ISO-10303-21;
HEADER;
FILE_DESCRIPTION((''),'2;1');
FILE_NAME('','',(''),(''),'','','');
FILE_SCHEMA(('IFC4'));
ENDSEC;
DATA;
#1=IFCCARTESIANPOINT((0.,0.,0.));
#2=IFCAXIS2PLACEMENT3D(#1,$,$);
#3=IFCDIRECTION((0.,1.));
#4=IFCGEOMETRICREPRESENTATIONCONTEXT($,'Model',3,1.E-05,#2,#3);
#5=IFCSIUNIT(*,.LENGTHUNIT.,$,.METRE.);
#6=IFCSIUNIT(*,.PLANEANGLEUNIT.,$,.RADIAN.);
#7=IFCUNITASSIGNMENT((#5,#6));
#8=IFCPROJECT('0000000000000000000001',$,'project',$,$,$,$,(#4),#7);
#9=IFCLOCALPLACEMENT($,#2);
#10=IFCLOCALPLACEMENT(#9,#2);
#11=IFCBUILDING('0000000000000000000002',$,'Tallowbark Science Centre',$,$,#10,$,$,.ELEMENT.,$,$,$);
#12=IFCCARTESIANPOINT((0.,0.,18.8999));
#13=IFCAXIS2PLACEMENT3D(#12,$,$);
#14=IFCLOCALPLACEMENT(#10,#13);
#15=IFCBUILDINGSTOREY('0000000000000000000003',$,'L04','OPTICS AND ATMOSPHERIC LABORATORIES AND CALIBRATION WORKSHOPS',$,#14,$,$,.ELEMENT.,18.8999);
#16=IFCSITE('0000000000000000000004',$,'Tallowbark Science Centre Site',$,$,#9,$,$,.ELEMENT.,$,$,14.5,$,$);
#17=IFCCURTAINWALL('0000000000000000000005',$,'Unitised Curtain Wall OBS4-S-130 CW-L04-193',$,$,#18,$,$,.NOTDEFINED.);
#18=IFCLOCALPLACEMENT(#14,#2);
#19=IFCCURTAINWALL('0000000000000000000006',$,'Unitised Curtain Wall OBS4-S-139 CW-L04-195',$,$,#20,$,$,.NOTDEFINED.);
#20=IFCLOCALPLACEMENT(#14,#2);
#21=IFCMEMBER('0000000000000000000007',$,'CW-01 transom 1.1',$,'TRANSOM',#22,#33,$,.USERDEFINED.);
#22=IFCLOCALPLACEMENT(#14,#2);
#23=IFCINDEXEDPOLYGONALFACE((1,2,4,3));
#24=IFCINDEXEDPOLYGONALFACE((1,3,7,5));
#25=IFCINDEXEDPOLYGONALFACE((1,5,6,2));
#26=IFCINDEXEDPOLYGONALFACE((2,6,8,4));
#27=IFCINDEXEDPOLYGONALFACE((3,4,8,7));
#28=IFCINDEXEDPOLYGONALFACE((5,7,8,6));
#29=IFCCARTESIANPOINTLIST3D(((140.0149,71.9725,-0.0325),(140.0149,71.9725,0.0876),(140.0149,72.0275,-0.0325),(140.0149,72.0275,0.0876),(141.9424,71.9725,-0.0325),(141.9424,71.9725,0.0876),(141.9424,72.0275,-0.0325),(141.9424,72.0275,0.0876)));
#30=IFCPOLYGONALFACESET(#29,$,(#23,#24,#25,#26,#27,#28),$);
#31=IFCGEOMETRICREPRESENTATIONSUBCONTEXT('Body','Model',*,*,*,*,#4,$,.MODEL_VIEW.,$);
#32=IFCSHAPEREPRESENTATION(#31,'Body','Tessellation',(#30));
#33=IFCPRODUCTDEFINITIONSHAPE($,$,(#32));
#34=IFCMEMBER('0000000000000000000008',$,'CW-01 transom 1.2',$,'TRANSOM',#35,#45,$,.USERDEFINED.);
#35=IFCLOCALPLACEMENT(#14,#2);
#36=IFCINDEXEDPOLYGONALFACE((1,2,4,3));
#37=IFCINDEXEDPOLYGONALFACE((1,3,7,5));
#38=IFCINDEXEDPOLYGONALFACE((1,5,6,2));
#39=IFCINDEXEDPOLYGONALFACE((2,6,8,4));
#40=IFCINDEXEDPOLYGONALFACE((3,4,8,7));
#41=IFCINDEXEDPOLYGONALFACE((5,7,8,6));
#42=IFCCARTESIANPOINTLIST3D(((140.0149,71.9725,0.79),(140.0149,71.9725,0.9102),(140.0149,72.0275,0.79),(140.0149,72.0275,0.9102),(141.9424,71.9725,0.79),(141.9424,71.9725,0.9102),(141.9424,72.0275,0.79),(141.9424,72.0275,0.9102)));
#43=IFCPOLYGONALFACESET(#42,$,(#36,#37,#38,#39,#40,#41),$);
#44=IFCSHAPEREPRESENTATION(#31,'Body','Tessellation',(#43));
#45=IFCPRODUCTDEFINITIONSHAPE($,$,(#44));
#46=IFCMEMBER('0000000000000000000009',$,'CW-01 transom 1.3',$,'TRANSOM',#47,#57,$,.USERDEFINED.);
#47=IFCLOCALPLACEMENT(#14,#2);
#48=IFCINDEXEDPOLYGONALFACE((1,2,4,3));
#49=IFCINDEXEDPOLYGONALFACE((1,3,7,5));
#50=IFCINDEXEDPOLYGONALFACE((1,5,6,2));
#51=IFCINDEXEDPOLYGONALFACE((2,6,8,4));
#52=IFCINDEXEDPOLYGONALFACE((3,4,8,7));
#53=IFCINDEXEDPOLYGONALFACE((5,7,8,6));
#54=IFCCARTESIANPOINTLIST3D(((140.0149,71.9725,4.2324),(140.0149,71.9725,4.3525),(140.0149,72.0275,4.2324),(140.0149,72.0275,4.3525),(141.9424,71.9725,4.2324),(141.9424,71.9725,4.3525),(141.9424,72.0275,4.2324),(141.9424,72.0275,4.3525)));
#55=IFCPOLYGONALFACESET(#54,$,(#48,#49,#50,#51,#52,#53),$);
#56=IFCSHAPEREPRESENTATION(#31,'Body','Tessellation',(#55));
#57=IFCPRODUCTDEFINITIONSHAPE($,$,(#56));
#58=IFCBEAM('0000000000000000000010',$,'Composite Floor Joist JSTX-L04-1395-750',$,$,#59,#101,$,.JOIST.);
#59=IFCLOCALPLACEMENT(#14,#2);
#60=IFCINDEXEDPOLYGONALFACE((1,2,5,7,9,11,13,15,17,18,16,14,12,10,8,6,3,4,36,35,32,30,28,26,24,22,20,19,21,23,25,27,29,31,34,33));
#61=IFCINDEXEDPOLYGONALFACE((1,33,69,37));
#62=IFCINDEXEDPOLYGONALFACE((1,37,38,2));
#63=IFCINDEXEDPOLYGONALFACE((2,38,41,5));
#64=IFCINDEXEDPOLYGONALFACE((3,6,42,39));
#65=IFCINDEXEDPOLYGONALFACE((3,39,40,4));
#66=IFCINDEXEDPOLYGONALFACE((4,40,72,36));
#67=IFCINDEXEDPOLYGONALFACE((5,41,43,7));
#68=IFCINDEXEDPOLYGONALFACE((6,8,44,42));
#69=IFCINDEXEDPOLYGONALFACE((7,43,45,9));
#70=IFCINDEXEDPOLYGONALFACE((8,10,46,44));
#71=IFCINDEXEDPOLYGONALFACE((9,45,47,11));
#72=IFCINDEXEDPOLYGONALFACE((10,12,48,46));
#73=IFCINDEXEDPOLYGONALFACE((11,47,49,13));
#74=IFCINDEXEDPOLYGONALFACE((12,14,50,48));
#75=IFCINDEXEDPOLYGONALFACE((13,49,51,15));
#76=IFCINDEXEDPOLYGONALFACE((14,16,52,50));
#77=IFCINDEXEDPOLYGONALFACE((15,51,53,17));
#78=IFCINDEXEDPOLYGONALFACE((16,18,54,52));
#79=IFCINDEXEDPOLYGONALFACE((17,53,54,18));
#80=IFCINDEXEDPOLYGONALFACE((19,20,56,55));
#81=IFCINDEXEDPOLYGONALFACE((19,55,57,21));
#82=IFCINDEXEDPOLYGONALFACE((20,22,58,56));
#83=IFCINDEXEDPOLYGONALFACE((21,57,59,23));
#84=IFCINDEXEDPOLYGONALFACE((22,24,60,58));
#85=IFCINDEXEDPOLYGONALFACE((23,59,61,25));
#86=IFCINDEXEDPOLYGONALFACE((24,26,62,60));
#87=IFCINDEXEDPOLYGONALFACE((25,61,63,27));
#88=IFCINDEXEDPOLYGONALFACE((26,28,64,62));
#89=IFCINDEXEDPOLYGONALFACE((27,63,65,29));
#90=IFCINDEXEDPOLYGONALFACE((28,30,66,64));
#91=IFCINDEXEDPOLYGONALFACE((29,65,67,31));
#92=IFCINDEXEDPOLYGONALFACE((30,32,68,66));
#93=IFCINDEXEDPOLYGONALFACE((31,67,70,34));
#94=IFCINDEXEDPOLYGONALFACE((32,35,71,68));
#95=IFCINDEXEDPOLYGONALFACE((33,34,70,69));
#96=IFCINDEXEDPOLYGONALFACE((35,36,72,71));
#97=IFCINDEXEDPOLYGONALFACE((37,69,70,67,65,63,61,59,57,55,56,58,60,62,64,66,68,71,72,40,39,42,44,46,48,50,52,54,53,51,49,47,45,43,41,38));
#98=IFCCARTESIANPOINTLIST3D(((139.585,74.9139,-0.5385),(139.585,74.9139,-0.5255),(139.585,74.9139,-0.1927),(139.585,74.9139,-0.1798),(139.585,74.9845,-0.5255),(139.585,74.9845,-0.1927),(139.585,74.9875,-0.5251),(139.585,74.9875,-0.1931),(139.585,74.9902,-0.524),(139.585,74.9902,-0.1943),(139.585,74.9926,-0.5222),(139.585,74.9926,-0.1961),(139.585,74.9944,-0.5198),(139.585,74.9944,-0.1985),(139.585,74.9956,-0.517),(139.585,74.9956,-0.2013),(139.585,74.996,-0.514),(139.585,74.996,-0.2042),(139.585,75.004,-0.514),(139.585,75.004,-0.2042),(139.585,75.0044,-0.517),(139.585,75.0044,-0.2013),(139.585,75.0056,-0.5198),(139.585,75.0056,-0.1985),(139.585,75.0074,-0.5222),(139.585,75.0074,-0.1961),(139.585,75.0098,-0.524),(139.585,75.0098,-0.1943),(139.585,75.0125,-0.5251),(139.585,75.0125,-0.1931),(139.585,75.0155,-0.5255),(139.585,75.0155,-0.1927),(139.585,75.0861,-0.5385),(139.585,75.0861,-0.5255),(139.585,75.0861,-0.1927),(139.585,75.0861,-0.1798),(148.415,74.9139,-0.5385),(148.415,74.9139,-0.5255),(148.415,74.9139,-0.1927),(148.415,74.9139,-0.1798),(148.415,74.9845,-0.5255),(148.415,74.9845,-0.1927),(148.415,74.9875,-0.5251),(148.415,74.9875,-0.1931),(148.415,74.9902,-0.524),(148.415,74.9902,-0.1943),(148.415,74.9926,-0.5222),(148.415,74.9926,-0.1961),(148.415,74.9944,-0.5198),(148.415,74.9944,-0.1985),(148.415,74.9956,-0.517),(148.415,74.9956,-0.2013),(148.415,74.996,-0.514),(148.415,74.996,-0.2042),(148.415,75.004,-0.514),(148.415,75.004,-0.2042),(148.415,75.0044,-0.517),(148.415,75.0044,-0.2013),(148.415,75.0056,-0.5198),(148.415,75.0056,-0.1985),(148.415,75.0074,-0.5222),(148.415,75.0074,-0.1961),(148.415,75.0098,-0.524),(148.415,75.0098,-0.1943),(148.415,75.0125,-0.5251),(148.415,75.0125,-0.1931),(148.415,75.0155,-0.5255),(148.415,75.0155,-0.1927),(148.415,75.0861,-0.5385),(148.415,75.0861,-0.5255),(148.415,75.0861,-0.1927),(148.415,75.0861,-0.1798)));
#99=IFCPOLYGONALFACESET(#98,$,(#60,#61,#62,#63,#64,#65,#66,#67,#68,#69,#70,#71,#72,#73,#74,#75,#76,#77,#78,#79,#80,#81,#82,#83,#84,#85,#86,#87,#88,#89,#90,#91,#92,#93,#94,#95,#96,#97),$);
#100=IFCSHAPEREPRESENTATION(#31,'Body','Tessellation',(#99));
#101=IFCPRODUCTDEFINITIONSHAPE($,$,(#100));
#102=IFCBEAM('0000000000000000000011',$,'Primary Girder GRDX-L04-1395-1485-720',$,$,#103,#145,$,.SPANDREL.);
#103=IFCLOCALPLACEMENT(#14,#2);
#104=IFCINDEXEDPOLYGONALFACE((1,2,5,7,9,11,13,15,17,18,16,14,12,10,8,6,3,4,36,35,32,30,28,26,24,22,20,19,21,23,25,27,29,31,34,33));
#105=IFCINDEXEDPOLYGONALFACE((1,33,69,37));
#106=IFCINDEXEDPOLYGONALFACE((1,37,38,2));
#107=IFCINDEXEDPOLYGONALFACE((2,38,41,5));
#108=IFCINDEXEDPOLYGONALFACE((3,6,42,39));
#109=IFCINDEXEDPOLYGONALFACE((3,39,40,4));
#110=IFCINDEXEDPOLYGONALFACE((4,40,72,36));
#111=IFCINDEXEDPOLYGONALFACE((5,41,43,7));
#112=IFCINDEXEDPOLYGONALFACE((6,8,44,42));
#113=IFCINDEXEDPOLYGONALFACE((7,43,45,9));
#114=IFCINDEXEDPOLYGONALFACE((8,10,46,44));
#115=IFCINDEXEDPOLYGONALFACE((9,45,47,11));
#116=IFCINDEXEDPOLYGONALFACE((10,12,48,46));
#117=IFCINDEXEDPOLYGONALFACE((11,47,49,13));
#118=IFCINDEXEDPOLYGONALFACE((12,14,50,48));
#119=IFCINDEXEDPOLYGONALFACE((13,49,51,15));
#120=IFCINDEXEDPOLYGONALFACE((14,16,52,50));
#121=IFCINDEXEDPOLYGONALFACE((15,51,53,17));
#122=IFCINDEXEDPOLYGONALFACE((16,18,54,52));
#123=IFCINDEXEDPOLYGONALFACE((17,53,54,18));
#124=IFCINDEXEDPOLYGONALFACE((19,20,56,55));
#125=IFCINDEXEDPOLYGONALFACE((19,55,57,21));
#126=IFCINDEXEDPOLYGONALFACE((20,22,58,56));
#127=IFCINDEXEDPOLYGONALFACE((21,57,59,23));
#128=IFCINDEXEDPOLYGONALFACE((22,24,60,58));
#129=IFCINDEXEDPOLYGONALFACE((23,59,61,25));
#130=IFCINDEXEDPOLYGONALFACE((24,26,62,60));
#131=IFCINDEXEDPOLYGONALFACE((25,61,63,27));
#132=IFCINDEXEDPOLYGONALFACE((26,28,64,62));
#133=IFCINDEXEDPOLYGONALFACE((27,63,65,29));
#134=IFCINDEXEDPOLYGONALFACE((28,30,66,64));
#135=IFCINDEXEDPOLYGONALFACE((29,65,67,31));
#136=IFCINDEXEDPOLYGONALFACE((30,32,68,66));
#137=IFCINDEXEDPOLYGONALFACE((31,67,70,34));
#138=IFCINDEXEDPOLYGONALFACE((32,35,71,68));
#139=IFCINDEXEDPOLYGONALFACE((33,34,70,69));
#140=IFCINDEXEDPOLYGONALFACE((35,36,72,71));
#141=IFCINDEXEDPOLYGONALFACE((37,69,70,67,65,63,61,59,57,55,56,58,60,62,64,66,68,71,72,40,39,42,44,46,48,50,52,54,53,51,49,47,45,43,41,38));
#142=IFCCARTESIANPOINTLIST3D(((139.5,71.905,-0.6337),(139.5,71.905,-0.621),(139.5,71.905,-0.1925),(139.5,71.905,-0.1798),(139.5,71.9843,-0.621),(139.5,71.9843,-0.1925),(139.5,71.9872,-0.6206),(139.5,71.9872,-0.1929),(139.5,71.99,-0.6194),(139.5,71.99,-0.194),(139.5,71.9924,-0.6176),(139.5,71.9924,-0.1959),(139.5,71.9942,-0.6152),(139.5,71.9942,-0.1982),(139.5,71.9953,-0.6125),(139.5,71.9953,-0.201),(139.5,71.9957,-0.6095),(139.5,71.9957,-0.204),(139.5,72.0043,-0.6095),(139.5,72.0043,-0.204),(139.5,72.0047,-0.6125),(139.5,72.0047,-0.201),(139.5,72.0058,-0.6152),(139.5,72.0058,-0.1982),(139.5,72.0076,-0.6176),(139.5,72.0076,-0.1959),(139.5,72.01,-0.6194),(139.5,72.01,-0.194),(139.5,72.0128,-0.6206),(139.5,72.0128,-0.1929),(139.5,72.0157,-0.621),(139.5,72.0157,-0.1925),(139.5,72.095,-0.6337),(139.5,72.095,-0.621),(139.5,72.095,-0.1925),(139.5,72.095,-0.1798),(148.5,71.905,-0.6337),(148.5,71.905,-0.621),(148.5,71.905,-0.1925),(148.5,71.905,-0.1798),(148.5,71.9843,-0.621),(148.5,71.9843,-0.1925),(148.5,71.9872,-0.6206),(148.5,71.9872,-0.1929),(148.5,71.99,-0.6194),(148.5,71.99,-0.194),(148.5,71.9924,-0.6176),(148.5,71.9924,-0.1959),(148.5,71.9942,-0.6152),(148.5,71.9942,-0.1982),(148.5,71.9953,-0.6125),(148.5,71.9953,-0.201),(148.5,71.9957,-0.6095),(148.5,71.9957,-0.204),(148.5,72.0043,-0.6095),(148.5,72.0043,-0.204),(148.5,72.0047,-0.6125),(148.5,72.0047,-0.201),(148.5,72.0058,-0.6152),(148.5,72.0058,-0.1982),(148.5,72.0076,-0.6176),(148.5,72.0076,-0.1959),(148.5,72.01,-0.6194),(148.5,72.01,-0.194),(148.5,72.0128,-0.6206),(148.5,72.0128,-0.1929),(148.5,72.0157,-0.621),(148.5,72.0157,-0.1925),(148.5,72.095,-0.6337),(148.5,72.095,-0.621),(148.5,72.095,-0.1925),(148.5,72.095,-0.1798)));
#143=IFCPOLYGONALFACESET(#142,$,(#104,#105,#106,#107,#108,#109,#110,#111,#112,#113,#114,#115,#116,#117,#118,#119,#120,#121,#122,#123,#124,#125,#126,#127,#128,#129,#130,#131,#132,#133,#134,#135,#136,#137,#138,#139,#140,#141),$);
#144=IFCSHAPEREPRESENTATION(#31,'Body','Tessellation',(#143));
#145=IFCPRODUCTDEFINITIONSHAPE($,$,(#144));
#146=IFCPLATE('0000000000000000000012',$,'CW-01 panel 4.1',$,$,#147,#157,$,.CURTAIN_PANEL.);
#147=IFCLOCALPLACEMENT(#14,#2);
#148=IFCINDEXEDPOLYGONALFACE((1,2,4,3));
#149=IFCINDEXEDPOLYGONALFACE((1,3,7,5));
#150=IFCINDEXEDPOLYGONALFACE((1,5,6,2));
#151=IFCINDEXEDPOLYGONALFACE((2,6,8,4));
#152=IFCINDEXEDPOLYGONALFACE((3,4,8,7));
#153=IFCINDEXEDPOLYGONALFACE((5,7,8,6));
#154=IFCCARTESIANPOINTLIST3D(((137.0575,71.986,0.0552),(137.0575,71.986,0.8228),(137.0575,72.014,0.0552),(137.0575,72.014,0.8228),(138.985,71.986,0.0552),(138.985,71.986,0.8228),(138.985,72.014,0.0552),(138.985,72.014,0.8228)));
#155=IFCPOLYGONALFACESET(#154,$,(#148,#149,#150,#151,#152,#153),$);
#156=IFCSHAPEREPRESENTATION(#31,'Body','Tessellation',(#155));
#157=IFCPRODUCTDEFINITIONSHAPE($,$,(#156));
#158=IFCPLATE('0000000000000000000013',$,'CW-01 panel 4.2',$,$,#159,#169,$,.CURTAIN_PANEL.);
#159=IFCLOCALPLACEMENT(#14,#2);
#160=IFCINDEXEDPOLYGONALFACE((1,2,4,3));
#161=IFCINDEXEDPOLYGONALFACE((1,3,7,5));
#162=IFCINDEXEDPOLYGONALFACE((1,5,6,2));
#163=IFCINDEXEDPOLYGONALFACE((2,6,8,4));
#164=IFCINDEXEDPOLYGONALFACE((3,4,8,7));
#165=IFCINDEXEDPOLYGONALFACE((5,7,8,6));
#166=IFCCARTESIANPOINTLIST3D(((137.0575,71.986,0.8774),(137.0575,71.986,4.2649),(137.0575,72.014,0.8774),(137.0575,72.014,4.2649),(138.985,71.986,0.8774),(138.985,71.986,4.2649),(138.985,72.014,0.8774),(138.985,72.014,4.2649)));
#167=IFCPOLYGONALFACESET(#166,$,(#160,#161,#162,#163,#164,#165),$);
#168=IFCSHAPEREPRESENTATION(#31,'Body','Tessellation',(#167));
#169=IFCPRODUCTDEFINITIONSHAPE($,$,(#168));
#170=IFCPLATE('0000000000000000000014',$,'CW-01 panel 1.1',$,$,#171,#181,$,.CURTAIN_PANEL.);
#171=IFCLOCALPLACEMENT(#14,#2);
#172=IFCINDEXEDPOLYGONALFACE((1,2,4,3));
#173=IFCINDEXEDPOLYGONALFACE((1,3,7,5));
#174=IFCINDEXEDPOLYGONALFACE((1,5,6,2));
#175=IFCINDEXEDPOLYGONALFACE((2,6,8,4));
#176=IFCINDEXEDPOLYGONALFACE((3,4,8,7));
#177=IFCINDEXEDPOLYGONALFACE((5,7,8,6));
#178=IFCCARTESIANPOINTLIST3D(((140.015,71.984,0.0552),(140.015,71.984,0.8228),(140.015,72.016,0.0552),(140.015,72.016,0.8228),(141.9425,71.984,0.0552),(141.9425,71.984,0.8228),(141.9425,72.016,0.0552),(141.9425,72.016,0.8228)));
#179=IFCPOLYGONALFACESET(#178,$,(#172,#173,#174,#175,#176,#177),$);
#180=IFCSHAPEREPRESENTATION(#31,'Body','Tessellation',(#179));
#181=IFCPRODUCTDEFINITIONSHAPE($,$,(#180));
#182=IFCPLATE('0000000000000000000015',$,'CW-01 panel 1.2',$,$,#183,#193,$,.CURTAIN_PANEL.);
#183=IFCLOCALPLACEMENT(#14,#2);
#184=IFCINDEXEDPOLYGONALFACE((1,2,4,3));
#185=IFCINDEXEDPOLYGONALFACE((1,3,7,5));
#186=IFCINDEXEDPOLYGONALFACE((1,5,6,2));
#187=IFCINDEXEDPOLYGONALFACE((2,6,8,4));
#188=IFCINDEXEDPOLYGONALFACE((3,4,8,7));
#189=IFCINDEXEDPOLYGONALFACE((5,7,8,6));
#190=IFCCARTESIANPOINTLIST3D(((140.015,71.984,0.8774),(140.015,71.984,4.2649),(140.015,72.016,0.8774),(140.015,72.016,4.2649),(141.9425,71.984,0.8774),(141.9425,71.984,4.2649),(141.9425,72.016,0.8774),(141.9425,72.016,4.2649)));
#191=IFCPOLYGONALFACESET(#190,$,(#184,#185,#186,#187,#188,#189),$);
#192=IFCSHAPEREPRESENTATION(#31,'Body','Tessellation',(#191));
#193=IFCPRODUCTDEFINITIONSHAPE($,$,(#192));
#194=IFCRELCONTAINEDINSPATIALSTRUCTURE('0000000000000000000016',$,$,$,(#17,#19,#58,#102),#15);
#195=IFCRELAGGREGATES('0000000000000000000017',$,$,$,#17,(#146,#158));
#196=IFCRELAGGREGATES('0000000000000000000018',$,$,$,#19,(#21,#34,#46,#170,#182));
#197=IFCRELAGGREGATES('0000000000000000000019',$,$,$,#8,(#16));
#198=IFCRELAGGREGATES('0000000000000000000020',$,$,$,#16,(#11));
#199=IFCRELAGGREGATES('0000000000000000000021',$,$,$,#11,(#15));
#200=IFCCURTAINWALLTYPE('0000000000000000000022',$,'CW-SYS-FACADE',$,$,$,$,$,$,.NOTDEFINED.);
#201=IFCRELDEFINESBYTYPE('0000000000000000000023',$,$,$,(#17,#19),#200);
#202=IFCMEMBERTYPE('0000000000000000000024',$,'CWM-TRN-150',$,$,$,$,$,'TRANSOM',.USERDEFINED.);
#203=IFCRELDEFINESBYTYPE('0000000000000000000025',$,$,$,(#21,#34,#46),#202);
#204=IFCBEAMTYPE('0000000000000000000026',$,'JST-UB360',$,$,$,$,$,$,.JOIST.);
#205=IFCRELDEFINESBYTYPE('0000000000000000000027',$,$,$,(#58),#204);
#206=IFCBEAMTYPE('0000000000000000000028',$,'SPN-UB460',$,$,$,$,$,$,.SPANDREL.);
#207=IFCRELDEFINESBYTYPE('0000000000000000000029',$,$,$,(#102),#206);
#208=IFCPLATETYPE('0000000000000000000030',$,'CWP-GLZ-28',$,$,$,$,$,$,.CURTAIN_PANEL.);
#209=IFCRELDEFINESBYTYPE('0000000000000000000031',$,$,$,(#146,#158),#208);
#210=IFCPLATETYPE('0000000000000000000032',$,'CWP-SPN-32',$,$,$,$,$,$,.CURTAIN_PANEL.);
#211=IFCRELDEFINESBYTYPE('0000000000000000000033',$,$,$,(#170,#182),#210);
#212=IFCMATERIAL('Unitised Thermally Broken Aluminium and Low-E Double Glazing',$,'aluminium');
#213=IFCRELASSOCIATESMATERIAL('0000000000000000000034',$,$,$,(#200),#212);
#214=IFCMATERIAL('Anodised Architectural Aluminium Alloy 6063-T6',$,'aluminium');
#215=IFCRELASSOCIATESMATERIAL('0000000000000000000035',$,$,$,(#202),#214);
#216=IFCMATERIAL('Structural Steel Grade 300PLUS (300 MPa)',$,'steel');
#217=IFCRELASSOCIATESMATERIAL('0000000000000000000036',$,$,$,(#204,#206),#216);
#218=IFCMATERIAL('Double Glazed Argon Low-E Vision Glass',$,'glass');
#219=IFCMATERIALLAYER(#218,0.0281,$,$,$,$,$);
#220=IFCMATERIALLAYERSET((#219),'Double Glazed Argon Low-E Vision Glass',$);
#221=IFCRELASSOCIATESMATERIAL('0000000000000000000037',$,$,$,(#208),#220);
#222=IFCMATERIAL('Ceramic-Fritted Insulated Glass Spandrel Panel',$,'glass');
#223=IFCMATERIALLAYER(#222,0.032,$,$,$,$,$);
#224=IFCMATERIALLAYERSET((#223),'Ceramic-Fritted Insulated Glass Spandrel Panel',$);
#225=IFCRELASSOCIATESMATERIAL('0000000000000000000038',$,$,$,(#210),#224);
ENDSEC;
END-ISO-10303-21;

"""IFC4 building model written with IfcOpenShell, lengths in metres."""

from ifc_helpers import new_model, si_unit, direction, frame, origin, origin_2d, place, context, subcontext, project, spatial, rectangle, i_section, extrude, material, layer, layer_set, material_profile, profile_set, type_object, element, aggregate, save


model = new_model("IFC4")

# Units and contexts
model_context = context("Model", 3, precision=1e-05, world=origin(), true_north=direction((0.0, 1.0)))
body_context = subcontext(model_context, "Body", "Model", "MODEL_VIEW")
ifc_project = project(units=[si_unit("LENGTHUNIT", "METRE"), si_unit("PLANEANGLEUNIT", "RADIAN")], contexts=[model_context])

# Site, building, storey
site_placement = place(None, origin())
site = spatial("IfcSite", under=ifc_project, at=site_placement, Name="Tallowbark Science Centre Site", CompositionType="ELEMENT", RefElevation=14.5)
building_placement = place(site_placement, origin())
building = spatial("IfcBuilding", under=site, at=building_placement, Name="Tallowbark Science Centre", CompositionType="ELEMENT")
storey_placement = place(building_placement, frame((0.0, 0.0, 18.8999)))
storey = spatial("IfcBuildingStorey", under=building, at=storey_placement, Name="L04", Description="OPTICS AND ATMOSPHERIC LABORATORIES AND CALIBRATION WORKSHOPS", CompositionType="ELEMENT", Elevation=18.8999)

# Shared definitions
ifc_material_1 = material(Name="Structural Steel Grade 300PLUS (300 MPa)", Category="steel")

# Curtain walls
ifc_material_2 = material(Name="Unitised Thermally Broken Aluminium and Low-E Double Glazing", Category="aluminium")
curtain_wall_type = type_object("IfcCurtainWallType", Name="CW-SYS-FACADE", PredefinedType="NOTDEFINED", material=ifc_material_2)
curtain_wall_1_placement = place(storey_placement, origin())
curtain_wall_1 = element("IfcCurtainWall", 1, at=curtain_wall_1_placement, inside=storey, type_object=curtain_wall_type, Name="Unitised Curtain Wall OBS4-S-130 CW-L04-193", PredefinedType="NOTDEFINED")
ifc_material_3 = material(Name="Anodised Architectural Aluminium Alloy 6063-T6", Category="aluminium")
curtain_wall_2_placement = place(storey_placement, origin())
curtain_wall_2 = element("IfcCurtainWall", 2, at=curtain_wall_2_placement, inside=storey, type_object=curtain_wall_type, Name="Unitised Curtain Wall OBS4-S-139 CW-L04-195", PredefinedType="NOTDEFINED")

# Members
ifc_material_profile_1 = material_profile(ifc_material_3, rectangle(XDim=0.0549, YDim=0.1201, at=origin_2d()), Name="ALU55x120")
ifc_profile_set_1 = profile_set([ifc_material_profile_1], Name="Anodised Architectural Aluminium Alloy 6063-T6")
member_type_1 = type_object("IfcMemberType", Name="CWM-TRN-150", ElementType="TRANSOM", PredefinedType="USERDEFINED", material=ifc_profile_set_1)
member_1_placement = place(storey_placement, frame((140.0149, 72.0, 0.0276), z_axis=(1.0, 0.0, 0.0), x_axis=(0.0, 1.0, 0.0)))
member_1 = element("IfcMember", 3, at=member_1_placement, type_object=member_type_1, Name="CW-01 transom 1.1", ObjectType="TRANSOM", PredefinedType="USERDEFINED", context=body_context, shape_type="SweptSolid", body=[
    extrude(rectangle(XDim=0.0549, YDim=0.1201, at=origin_2d()), origin(), (0.0, 0.0, 1.0), 1.9275),
])
member_2_placement = place(storey_placement, frame((140.0149, 72.0, 0.8501), z_axis=(1.0, 0.0, 0.0), x_axis=(0.0, 1.0, 0.0)))
member_2 = element("IfcMember", 4, at=member_2_placement, type_object=member_type_1, Name="CW-01 transom 1.2", ObjectType="TRANSOM", PredefinedType="USERDEFINED", context=body_context, shape_type="SweptSolid", body=[
    extrude(rectangle(XDim=0.0549, YDim=0.1201, at=origin_2d()), origin(), (0.0, 0.0, 1.0), 1.9275),
])
member_3_placement = place(storey_placement, frame((140.0149, 72.0, 4.2925), z_axis=(1.0, 0.0, 0.0), x_axis=(0.0, 1.0, 0.0)))
member_3 = element("IfcMember", 5, at=member_3_placement, type_object=member_type_1, Name="CW-01 transom 1.3", ObjectType="TRANSOM", PredefinedType="USERDEFINED", context=body_context, shape_type="SweptSolid", body=[
    extrude(rectangle(XDim=0.0549, YDim=0.1201, at=origin_2d()), origin(), (0.0, 0.0, 1.0), 1.9275),
])

# Beams
ifc_material_profile_2 = material_profile(ifc_material_1, i_section(OverallWidth=0.1721, OverallDepth=0.3586, WebThickness=0.0081, FlangeThickness=0.0129, FilletRadius=0.0115, at=origin_2d()), Name="360UB56.7")
ifc_profile_set_2 = profile_set([ifc_material_profile_2], Name="Structural Steel Grade 300PLUS (300 MPa)")
beam_type_1 = type_object("IfcBeamType", Name="JST-UB360", PredefinedType="JOIST", material=ifc_profile_set_2)
beam_1_placement = place(storey_placement, frame((139.585, 75.0, -0.3591), z_axis=(1.0, 0.0, 0.0), x_axis=(0.0, 1.0, 0.0)))
element("IfcBeam", 6, at=beam_1_placement, inside=storey, type_object=beam_type_1, Name="Composite Floor Joist JSTX-L04-1395-750", PredefinedType="JOIST", context=body_context, shape_type="SweptSolid", body=[
    extrude(i_section(OverallWidth=0.1721, OverallDepth=0.3586, WebThickness=0.0081, FlangeThickness=0.0129, FilletRadius=0.0115, at=origin_2d()), origin(), (0.0, 0.0, 1.0), 8.8301),
])
ifc_material_profile_3 = material_profile(ifc_material_1, i_section(OverallWidth=0.1899, OverallDepth=0.4539, WebThickness=0.0085, FlangeThickness=0.0127, FilletRadius=0.0115, at=origin_2d()), Name="460UB67.1")
ifc_profile_set_3 = profile_set([ifc_material_profile_3], Name="Structural Steel Grade 300PLUS (300 MPa)")
beam_type_2 = type_object("IfcBeamType", Name="SPN-UB460", PredefinedType="SPANDREL", material=ifc_profile_set_3)
beam_2_placement = place(storey_placement, frame((139.5, 72.0, -0.4067), z_axis=(1.0, 0.0, 0.0), x_axis=(0.0, 1.0, 0.0)))
element("IfcBeam", 7, at=beam_2_placement, inside=storey, type_object=beam_type_2, Name="Primary Girder GRDX-L04-1395-1485-720", PredefinedType="SPANDREL", context=body_context, shape_type="SweptSolid", body=[
    extrude(i_section(OverallWidth=0.1899, OverallDepth=0.4539, WebThickness=0.0085, FlangeThickness=0.0127, FilletRadius=0.0115, at=origin_2d()), origin(), (0.0, 0.0, 1.0), 9.0),
])

# Plates
ifc_material_4 = material(Name="Double Glazed Argon Low-E Vision Glass", Category="glass")
ifc_layer_1 = layer(ifc_material_4, 0.0281)
ifc_layer_set_1 = layer_set([ifc_layer_1], Name="Double Glazed Argon Low-E Vision Glass")
plate_type_1 = type_object("IfcPlateType", Name="CWP-GLZ-28", PredefinedType="CURTAIN_PANEL", material=ifc_layer_set_1)
plate_1_placement = place(storey_placement, frame((138.0212, 72.0, 0.0552), z_axis=(0.0, 0.0, 1.0), x_axis=(1.0, 0.0, 0.0)))
plate_1 = element("IfcPlate", 8, at=plate_1_placement, type_object=plate_type_1, Name="CW-01 panel 4.1", PredefinedType="CURTAIN_PANEL", context=body_context, shape_type="SweptSolid", body=[
    extrude(rectangle(XDim=1.9275, YDim=0.0281, at=origin_2d()), origin(), (0.0, 0.0, 1.0), 0.7676),
])
plate_2_placement = place(storey_placement, frame((138.0212, 72.0, 0.8774), z_axis=(0.0, 0.0, 1.0), x_axis=(1.0, 0.0, 0.0)))
plate_2 = element("IfcPlate", 9, at=plate_2_placement, type_object=plate_type_1, Name="CW-01 panel 4.2", PredefinedType="CURTAIN_PANEL", context=body_context, shape_type="SweptSolid", body=[
    extrude(rectangle(XDim=1.9275, YDim=0.0281, at=origin_2d()), origin(), (0.0, 0.0, 1.0), 3.3875),
])
aggregate(curtain_wall_1, [plate_1, plate_2])
ifc_material_5 = material(Name="Ceramic-Fritted Insulated Glass Spandrel Panel", Category="glass")
ifc_layer_2 = layer(ifc_material_5, 0.032)
ifc_layer_set_2 = layer_set([ifc_layer_2], Name="Ceramic-Fritted Insulated Glass Spandrel Panel")
plate_type_2 = type_object("IfcPlateType", Name="CWP-SPN-32", PredefinedType="CURTAIN_PANEL", material=ifc_layer_set_2)
plate_3_placement = place(storey_placement, frame((140.9788, 72.0, 0.0552), z_axis=(0.0, 0.0, 1.0), x_axis=(1.0, 0.0, 0.0)))
plate_3 = element("IfcPlate", 10, at=plate_3_placement, type_object=plate_type_2, Name="CW-01 panel 1.1", PredefinedType="CURTAIN_PANEL", context=body_context, shape_type="SweptSolid", body=[
    extrude(rectangle(XDim=1.9275, YDim=0.032, at=origin_2d()), origin(), (0.0, 0.0, 1.0), 0.7676),
])
plate_4_placement = place(storey_placement, frame((140.9788, 72.0, 0.8774), z_axis=(0.0, 0.0, 1.0), x_axis=(1.0, 0.0, 0.0)))
plate_4 = element("IfcPlate", 11, at=plate_4_placement, type_object=plate_type_2, Name="CW-01 panel 1.2", PredefinedType="CURTAIN_PANEL", context=body_context, shape_type="SweptSolid", body=[
    extrude(rectangle(XDim=1.9275, YDim=0.032, at=origin_2d()), origin(), (0.0, 0.0, 1.0), 3.3875),
])
aggregate(curtain_wall_2, [member_1, member_2, member_3, plate_3, plate_4])

save(model, "model.ifc")
